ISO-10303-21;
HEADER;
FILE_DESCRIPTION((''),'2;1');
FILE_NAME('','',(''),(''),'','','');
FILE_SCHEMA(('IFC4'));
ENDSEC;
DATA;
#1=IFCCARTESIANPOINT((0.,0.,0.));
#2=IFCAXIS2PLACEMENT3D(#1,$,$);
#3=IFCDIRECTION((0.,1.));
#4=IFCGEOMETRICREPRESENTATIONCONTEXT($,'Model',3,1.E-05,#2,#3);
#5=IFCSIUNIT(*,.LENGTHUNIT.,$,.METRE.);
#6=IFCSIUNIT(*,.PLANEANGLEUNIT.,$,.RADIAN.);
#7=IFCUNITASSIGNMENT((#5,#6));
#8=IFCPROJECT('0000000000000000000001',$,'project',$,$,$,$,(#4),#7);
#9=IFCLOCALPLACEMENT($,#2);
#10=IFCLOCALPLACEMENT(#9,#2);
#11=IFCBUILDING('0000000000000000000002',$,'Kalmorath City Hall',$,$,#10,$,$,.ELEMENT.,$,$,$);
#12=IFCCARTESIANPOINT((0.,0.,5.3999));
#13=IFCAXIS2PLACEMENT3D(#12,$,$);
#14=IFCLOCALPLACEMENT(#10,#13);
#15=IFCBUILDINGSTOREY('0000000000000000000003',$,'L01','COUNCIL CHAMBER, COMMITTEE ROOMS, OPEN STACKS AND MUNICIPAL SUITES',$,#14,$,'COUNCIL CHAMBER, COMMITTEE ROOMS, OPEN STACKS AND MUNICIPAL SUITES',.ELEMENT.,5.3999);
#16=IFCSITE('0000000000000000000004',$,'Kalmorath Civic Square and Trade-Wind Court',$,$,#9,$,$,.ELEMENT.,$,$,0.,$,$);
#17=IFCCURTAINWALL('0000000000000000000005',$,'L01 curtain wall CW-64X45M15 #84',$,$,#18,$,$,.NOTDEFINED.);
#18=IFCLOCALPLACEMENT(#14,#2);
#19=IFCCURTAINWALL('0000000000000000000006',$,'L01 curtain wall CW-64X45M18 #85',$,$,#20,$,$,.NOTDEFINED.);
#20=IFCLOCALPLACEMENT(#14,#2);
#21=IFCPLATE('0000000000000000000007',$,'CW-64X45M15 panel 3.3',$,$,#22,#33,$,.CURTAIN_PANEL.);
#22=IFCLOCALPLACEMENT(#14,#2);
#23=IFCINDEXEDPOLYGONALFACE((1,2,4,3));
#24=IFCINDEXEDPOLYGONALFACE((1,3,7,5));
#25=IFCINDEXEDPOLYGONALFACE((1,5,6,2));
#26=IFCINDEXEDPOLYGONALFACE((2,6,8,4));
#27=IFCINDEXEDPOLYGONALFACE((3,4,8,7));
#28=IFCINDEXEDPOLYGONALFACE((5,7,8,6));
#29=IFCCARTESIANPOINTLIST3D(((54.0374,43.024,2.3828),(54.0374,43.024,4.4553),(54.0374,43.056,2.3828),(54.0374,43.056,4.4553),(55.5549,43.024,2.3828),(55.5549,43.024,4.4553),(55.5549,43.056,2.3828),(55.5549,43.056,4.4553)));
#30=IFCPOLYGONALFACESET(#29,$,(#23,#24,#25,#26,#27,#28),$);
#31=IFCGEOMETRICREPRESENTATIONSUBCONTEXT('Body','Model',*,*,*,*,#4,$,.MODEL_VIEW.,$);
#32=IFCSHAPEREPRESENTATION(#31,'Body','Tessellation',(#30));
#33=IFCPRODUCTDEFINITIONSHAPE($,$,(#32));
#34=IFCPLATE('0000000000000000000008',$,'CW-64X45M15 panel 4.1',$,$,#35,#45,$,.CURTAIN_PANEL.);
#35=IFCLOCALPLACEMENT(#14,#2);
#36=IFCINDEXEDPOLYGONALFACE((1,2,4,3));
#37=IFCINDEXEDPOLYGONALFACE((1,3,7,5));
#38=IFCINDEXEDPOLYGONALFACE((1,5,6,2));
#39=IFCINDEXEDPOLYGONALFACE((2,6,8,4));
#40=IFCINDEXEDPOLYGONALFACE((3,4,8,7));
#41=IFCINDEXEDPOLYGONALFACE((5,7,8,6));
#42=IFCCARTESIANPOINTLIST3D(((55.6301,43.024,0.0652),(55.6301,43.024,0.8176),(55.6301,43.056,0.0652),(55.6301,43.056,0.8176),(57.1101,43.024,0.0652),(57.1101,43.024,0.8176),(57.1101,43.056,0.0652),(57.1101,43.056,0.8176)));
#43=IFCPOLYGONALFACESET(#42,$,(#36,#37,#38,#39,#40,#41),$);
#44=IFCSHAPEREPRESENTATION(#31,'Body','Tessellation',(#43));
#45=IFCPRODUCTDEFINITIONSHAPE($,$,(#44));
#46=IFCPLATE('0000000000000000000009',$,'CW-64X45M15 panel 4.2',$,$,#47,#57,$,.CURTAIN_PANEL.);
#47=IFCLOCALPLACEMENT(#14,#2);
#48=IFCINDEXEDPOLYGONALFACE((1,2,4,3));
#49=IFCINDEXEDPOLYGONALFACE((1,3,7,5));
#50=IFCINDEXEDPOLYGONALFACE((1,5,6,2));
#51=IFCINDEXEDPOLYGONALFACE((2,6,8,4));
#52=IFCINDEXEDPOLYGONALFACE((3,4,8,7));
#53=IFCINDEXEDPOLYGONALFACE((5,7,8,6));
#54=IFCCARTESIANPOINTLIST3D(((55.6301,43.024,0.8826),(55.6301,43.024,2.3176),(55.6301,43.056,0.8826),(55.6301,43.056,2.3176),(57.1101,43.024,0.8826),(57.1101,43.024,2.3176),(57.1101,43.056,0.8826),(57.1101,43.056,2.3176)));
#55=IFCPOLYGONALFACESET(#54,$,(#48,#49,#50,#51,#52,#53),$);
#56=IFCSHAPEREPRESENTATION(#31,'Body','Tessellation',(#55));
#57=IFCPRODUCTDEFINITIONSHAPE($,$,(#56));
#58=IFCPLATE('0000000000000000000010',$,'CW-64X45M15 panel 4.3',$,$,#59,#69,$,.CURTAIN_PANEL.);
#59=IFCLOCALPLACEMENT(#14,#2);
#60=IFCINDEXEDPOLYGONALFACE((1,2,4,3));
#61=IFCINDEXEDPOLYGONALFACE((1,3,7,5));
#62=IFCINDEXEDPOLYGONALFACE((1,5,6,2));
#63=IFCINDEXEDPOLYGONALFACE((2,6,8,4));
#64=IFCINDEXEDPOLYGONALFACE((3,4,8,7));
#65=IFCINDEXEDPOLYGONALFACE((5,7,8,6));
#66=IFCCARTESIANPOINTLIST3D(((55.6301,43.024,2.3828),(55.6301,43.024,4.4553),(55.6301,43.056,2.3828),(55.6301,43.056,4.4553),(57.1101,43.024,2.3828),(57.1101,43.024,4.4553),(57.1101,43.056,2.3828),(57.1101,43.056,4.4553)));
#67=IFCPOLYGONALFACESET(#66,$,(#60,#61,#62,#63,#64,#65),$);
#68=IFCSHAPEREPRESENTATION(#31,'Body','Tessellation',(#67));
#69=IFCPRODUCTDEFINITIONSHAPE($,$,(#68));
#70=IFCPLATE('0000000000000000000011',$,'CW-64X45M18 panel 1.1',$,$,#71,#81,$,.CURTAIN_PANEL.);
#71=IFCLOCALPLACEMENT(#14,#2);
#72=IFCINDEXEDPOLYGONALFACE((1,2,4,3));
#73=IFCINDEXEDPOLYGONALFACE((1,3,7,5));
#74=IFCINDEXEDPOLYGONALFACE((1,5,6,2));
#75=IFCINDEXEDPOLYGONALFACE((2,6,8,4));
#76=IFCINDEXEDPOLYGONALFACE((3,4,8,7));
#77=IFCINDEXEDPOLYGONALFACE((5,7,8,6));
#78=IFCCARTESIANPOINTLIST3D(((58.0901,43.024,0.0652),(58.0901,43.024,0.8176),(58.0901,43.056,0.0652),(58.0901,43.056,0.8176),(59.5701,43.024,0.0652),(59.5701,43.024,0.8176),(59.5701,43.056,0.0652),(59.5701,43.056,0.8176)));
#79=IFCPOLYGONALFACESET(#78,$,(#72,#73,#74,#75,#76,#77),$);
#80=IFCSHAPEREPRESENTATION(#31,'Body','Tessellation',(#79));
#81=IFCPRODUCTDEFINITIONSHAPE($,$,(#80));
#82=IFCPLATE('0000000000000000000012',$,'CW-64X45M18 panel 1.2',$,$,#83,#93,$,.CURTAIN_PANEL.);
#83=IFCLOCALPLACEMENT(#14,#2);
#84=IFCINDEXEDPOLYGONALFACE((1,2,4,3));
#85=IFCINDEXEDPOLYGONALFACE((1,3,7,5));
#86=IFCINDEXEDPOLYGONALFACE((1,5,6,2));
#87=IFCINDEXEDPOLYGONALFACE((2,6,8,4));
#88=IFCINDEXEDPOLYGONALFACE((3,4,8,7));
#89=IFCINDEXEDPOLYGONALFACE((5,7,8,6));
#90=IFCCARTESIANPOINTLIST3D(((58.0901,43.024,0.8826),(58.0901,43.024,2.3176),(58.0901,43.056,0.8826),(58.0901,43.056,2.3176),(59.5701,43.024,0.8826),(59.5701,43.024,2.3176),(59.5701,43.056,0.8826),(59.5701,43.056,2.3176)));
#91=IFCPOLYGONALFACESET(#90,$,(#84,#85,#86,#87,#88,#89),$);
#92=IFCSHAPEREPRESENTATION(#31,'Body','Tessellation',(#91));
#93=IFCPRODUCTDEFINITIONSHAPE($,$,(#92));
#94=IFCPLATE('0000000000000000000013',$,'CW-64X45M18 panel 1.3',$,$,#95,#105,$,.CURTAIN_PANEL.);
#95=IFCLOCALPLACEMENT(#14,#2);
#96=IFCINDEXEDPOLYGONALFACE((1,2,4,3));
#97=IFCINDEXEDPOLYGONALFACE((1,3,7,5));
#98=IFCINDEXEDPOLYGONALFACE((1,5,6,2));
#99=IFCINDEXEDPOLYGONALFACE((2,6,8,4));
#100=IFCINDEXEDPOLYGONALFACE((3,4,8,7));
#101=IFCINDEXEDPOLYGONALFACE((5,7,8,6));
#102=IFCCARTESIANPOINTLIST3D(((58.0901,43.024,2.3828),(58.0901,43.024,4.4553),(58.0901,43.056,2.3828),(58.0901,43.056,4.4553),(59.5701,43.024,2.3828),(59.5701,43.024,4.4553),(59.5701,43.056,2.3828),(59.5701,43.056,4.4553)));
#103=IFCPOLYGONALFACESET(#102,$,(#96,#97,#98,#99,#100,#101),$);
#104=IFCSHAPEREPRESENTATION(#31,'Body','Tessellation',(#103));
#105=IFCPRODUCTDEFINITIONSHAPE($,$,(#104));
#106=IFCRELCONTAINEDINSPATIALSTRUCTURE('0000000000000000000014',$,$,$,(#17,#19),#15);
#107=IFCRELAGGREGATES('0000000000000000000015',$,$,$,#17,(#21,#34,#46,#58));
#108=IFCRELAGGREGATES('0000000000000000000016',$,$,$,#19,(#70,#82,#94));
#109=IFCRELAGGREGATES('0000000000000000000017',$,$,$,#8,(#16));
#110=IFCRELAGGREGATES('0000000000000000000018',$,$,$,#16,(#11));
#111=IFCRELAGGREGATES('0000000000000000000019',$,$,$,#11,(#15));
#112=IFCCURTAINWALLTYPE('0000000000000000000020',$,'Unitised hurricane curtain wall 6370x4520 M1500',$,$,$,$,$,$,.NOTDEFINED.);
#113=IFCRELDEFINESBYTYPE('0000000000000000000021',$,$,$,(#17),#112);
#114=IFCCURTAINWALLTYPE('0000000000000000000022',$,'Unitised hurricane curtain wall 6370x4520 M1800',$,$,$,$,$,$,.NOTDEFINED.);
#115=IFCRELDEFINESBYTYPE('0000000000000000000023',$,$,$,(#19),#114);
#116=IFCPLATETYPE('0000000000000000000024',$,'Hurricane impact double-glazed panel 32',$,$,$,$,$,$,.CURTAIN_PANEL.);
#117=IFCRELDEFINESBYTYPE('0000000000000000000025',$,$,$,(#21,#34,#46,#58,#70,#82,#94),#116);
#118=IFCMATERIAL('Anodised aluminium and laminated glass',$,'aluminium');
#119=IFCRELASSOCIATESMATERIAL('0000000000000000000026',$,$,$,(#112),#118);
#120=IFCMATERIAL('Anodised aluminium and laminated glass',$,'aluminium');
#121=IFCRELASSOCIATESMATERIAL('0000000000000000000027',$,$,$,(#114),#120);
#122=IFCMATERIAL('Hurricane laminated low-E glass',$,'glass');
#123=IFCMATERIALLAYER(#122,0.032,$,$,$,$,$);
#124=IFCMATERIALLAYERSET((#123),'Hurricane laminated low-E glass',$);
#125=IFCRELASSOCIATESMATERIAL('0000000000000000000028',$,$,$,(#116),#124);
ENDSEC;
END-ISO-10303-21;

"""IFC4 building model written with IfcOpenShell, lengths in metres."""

from ifc_helpers import new_model, si_unit, direction, frame, origin, origin_2d, place, context, subcontext, project, spatial, rectangle, extrude, material, layer, layer_set, type_object, element, aggregate, save


model = new_model("IFC4")

# Units and contexts
model_context = context("Model", 3, precision=1e-05, world=origin(), true_north=direction((0.0, 1.0)))
body_context = subcontext(model_context, "Body", "Model", "MODEL_VIEW")
ifc_project = project(units=[si_unit("LENGTHUNIT", "METRE"), si_unit("PLANEANGLEUNIT", "RADIAN")], contexts=[model_context])

# Site, building, storey
site_placement = place(None, origin())
site = spatial("IfcSite", under=ifc_project, at=site_placement, Name="Kalmorath Civic Square and Trade-Wind Court", CompositionType="ELEMENT", RefElevation=0.0)
building_placement = place(site_placement, origin())
building = spatial("IfcBuilding", under=site, at=building_placement, Name="Kalmorath City Hall", CompositionType="ELEMENT")
storey_placement = place(building_placement, frame((0.0, 0.0, 5.3999)))
storey = spatial("IfcBuildingStorey", under=building, at=storey_placement, Name="L01", Description="COUNCIL CHAMBER, COMMITTEE ROOMS, OPEN STACKS AND MUNICIPAL SUITES", LongName="COUNCIL CHAMBER, COMMITTEE ROOMS, OPEN STACKS AND MUNICIPAL SUITES", CompositionType="ELEMENT", Elevation=5.3999)

# Curtain wall
ifc_material_1 = material(Name="Anodised aluminium and laminated glass", Category="aluminium")
curtain_wall_type_1 = type_object("IfcCurtainWallType", Name="Unitised hurricane curtain wall 6370x4520 M1500", PredefinedType="NOTDEFINED", material=ifc_material_1)
curtain_wall_1_placement = place(storey_placement, origin())
curtain_wall_1 = element("IfcCurtainWall", 1, at=curtain_wall_1_placement, inside=storey, type_object=curtain_wall_type_1, Name="L01 curtain wall CW-64X45M15 #84", PredefinedType="NOTDEFINED")

# Curtain wall
ifc_material_2 = material(Name="Anodised aluminium and laminated glass", Category="aluminium")
curtain_wall_type_2 = type_object("IfcCurtainWallType", Name="Unitised hurricane curtain wall 6370x4520 M1800", PredefinedType="NOTDEFINED", material=ifc_material_2)
curtain_wall_2_placement = place(storey_placement, origin())
curtain_wall_2 = element("IfcCurtainWall", 2, at=curtain_wall_2_placement, inside=storey, type_object=curtain_wall_type_2, Name="L01 curtain wall CW-64X45M18 #85", PredefinedType="NOTDEFINED")

# Plates
ifc_material_3 = material(Name="Hurricane laminated low-E glass", Category="glass")
ifc_layer = layer(ifc_material_3, 0.032)
ifc_layer_set = layer_set([ifc_layer], Name="Hurricane laminated low-E glass")
plate_type = type_object("IfcPlateType", Name="Hurricane impact double-glazed panel 32", PredefinedType="CURTAIN_PANEL", material=ifc_layer_set)
plate_1_placement = place(storey_placement, frame((54.7961, 43.04, 2.3828), z_axis=(0.0, 0.0, 1.0), x_axis=(1.0, 0.0, 0.0)))
plate_1 = element("IfcPlate", 3, at=plate_1_placement, type_object=plate_type, Name="CW-64X45M15 panel 3.3", PredefinedType="CURTAIN_PANEL", context=body_context, shape_type="SweptSolid", body=[
    extrude(rectangle(XDim=1.5176, YDim=0.032, at=origin_2d()), origin(), (0.0, 0.0, 1.0), 2.0725),
])
plate_2_placement = place(storey_placement, frame((56.3701, 43.04, 0.0652), z_axis=(0.0, 0.0, 1.0), x_axis=(1.0, 0.0, 0.0)))
plate_2 = element("IfcPlate", 4, at=plate_2_placement, type_object=plate_type, Name="CW-64X45M15 panel 4.1", PredefinedType="CURTAIN_PANEL", context=body_context, shape_type="SweptSolid", body=[
    extrude(rectangle(XDim=1.48, YDim=0.032, at=origin_2d()), origin(), (0.0, 0.0, 1.0), 0.7524),
])
plate_3_placement = place(storey_placement, frame((56.3701, 43.04, 0.8826), z_axis=(0.0, 0.0, 1.0), x_axis=(1.0, 0.0, 0.0)))
plate_3 = element("IfcPlate", 5, at=plate_3_placement, type_object=plate_type, Name="CW-64X45M15 panel 4.2", PredefinedType="CURTAIN_PANEL", context=body_context, shape_type="SweptSolid", body=[
    extrude(rectangle(XDim=1.48, YDim=0.032, at=origin_2d()), origin(), (0.0, 0.0, 1.0), 1.4351),
])
plate_4_placement = place(storey_placement, frame((56.3701, 43.04, 2.3828), z_axis=(0.0, 0.0, 1.0), x_axis=(1.0, 0.0, 0.0)))
plate_4 = element("IfcPlate", 6, at=plate_4_placement, type_object=plate_type, Name="CW-64X45M15 panel 4.3", PredefinedType="CURTAIN_PANEL", context=body_context, shape_type="SweptSolid", body=[
    extrude(rectangle(XDim=1.48, YDim=0.032, at=origin_2d()), origin(), (0.0, 0.0, 1.0), 2.0725),
])
aggregate(curtain_wall_1, [plate_1, plate_2, plate_3, plate_4])
plate_5_placement = place(storey_placement, frame((58.8301, 43.04, 0.0652), z_axis=(0.0, 0.0, 1.0), x_axis=(1.0, 0.0, 0.0)))
plate_5 = element("IfcPlate", 7, at=plate_5_placement, type_object=plate_type, Name="CW-64X45M18 panel 1.1", PredefinedType="CURTAIN_PANEL", context=body_context, shape_type="SweptSolid", body=[
    extrude(rectangle(XDim=1.48, YDim=0.032, at=origin_2d()), origin(), (0.0, 0.0, 1.0), 0.7524),
])
plate_6_placement = place(storey_placement, frame((58.8301, 43.04, 0.8826), z_axis=(0.0, 0.0, 1.0), x_axis=(1.0, 0.0, 0.0)))
plate_6 = element("IfcPlate", 8, at=plate_6_placement, type_object=plate_type, Name="CW-64X45M18 panel 1.2", PredefinedType="CURTAIN_PANEL", context=body_context, shape_type="SweptSolid", body=[
    extrude(rectangle(XDim=1.48, YDim=0.032, at=origin_2d()), origin(), (0.0, 0.0, 1.0), 1.4351),
])
plate_7_placement = place(storey_placement, frame((58.8301, 43.04, 2.3828), z_axis=(0.0, 0.0, 1.0), x_axis=(1.0, 0.0, 0.0)))
plate_7 = element("IfcPlate", 9, at=plate_7_placement, type_object=plate_type, Name="CW-64X45M18 panel 1.3", PredefinedType="CURTAIN_PANEL", context=body_context, shape_type="SweptSolid", body=[
    extrude(rectangle(XDim=1.48, YDim=0.032, at=origin_2d()), origin(), (0.0, 0.0, 1.0), 2.0725),
])
aggregate(curtain_wall_2, [plate_5, plate_6, plate_7])

save(model, "model.ifc")
